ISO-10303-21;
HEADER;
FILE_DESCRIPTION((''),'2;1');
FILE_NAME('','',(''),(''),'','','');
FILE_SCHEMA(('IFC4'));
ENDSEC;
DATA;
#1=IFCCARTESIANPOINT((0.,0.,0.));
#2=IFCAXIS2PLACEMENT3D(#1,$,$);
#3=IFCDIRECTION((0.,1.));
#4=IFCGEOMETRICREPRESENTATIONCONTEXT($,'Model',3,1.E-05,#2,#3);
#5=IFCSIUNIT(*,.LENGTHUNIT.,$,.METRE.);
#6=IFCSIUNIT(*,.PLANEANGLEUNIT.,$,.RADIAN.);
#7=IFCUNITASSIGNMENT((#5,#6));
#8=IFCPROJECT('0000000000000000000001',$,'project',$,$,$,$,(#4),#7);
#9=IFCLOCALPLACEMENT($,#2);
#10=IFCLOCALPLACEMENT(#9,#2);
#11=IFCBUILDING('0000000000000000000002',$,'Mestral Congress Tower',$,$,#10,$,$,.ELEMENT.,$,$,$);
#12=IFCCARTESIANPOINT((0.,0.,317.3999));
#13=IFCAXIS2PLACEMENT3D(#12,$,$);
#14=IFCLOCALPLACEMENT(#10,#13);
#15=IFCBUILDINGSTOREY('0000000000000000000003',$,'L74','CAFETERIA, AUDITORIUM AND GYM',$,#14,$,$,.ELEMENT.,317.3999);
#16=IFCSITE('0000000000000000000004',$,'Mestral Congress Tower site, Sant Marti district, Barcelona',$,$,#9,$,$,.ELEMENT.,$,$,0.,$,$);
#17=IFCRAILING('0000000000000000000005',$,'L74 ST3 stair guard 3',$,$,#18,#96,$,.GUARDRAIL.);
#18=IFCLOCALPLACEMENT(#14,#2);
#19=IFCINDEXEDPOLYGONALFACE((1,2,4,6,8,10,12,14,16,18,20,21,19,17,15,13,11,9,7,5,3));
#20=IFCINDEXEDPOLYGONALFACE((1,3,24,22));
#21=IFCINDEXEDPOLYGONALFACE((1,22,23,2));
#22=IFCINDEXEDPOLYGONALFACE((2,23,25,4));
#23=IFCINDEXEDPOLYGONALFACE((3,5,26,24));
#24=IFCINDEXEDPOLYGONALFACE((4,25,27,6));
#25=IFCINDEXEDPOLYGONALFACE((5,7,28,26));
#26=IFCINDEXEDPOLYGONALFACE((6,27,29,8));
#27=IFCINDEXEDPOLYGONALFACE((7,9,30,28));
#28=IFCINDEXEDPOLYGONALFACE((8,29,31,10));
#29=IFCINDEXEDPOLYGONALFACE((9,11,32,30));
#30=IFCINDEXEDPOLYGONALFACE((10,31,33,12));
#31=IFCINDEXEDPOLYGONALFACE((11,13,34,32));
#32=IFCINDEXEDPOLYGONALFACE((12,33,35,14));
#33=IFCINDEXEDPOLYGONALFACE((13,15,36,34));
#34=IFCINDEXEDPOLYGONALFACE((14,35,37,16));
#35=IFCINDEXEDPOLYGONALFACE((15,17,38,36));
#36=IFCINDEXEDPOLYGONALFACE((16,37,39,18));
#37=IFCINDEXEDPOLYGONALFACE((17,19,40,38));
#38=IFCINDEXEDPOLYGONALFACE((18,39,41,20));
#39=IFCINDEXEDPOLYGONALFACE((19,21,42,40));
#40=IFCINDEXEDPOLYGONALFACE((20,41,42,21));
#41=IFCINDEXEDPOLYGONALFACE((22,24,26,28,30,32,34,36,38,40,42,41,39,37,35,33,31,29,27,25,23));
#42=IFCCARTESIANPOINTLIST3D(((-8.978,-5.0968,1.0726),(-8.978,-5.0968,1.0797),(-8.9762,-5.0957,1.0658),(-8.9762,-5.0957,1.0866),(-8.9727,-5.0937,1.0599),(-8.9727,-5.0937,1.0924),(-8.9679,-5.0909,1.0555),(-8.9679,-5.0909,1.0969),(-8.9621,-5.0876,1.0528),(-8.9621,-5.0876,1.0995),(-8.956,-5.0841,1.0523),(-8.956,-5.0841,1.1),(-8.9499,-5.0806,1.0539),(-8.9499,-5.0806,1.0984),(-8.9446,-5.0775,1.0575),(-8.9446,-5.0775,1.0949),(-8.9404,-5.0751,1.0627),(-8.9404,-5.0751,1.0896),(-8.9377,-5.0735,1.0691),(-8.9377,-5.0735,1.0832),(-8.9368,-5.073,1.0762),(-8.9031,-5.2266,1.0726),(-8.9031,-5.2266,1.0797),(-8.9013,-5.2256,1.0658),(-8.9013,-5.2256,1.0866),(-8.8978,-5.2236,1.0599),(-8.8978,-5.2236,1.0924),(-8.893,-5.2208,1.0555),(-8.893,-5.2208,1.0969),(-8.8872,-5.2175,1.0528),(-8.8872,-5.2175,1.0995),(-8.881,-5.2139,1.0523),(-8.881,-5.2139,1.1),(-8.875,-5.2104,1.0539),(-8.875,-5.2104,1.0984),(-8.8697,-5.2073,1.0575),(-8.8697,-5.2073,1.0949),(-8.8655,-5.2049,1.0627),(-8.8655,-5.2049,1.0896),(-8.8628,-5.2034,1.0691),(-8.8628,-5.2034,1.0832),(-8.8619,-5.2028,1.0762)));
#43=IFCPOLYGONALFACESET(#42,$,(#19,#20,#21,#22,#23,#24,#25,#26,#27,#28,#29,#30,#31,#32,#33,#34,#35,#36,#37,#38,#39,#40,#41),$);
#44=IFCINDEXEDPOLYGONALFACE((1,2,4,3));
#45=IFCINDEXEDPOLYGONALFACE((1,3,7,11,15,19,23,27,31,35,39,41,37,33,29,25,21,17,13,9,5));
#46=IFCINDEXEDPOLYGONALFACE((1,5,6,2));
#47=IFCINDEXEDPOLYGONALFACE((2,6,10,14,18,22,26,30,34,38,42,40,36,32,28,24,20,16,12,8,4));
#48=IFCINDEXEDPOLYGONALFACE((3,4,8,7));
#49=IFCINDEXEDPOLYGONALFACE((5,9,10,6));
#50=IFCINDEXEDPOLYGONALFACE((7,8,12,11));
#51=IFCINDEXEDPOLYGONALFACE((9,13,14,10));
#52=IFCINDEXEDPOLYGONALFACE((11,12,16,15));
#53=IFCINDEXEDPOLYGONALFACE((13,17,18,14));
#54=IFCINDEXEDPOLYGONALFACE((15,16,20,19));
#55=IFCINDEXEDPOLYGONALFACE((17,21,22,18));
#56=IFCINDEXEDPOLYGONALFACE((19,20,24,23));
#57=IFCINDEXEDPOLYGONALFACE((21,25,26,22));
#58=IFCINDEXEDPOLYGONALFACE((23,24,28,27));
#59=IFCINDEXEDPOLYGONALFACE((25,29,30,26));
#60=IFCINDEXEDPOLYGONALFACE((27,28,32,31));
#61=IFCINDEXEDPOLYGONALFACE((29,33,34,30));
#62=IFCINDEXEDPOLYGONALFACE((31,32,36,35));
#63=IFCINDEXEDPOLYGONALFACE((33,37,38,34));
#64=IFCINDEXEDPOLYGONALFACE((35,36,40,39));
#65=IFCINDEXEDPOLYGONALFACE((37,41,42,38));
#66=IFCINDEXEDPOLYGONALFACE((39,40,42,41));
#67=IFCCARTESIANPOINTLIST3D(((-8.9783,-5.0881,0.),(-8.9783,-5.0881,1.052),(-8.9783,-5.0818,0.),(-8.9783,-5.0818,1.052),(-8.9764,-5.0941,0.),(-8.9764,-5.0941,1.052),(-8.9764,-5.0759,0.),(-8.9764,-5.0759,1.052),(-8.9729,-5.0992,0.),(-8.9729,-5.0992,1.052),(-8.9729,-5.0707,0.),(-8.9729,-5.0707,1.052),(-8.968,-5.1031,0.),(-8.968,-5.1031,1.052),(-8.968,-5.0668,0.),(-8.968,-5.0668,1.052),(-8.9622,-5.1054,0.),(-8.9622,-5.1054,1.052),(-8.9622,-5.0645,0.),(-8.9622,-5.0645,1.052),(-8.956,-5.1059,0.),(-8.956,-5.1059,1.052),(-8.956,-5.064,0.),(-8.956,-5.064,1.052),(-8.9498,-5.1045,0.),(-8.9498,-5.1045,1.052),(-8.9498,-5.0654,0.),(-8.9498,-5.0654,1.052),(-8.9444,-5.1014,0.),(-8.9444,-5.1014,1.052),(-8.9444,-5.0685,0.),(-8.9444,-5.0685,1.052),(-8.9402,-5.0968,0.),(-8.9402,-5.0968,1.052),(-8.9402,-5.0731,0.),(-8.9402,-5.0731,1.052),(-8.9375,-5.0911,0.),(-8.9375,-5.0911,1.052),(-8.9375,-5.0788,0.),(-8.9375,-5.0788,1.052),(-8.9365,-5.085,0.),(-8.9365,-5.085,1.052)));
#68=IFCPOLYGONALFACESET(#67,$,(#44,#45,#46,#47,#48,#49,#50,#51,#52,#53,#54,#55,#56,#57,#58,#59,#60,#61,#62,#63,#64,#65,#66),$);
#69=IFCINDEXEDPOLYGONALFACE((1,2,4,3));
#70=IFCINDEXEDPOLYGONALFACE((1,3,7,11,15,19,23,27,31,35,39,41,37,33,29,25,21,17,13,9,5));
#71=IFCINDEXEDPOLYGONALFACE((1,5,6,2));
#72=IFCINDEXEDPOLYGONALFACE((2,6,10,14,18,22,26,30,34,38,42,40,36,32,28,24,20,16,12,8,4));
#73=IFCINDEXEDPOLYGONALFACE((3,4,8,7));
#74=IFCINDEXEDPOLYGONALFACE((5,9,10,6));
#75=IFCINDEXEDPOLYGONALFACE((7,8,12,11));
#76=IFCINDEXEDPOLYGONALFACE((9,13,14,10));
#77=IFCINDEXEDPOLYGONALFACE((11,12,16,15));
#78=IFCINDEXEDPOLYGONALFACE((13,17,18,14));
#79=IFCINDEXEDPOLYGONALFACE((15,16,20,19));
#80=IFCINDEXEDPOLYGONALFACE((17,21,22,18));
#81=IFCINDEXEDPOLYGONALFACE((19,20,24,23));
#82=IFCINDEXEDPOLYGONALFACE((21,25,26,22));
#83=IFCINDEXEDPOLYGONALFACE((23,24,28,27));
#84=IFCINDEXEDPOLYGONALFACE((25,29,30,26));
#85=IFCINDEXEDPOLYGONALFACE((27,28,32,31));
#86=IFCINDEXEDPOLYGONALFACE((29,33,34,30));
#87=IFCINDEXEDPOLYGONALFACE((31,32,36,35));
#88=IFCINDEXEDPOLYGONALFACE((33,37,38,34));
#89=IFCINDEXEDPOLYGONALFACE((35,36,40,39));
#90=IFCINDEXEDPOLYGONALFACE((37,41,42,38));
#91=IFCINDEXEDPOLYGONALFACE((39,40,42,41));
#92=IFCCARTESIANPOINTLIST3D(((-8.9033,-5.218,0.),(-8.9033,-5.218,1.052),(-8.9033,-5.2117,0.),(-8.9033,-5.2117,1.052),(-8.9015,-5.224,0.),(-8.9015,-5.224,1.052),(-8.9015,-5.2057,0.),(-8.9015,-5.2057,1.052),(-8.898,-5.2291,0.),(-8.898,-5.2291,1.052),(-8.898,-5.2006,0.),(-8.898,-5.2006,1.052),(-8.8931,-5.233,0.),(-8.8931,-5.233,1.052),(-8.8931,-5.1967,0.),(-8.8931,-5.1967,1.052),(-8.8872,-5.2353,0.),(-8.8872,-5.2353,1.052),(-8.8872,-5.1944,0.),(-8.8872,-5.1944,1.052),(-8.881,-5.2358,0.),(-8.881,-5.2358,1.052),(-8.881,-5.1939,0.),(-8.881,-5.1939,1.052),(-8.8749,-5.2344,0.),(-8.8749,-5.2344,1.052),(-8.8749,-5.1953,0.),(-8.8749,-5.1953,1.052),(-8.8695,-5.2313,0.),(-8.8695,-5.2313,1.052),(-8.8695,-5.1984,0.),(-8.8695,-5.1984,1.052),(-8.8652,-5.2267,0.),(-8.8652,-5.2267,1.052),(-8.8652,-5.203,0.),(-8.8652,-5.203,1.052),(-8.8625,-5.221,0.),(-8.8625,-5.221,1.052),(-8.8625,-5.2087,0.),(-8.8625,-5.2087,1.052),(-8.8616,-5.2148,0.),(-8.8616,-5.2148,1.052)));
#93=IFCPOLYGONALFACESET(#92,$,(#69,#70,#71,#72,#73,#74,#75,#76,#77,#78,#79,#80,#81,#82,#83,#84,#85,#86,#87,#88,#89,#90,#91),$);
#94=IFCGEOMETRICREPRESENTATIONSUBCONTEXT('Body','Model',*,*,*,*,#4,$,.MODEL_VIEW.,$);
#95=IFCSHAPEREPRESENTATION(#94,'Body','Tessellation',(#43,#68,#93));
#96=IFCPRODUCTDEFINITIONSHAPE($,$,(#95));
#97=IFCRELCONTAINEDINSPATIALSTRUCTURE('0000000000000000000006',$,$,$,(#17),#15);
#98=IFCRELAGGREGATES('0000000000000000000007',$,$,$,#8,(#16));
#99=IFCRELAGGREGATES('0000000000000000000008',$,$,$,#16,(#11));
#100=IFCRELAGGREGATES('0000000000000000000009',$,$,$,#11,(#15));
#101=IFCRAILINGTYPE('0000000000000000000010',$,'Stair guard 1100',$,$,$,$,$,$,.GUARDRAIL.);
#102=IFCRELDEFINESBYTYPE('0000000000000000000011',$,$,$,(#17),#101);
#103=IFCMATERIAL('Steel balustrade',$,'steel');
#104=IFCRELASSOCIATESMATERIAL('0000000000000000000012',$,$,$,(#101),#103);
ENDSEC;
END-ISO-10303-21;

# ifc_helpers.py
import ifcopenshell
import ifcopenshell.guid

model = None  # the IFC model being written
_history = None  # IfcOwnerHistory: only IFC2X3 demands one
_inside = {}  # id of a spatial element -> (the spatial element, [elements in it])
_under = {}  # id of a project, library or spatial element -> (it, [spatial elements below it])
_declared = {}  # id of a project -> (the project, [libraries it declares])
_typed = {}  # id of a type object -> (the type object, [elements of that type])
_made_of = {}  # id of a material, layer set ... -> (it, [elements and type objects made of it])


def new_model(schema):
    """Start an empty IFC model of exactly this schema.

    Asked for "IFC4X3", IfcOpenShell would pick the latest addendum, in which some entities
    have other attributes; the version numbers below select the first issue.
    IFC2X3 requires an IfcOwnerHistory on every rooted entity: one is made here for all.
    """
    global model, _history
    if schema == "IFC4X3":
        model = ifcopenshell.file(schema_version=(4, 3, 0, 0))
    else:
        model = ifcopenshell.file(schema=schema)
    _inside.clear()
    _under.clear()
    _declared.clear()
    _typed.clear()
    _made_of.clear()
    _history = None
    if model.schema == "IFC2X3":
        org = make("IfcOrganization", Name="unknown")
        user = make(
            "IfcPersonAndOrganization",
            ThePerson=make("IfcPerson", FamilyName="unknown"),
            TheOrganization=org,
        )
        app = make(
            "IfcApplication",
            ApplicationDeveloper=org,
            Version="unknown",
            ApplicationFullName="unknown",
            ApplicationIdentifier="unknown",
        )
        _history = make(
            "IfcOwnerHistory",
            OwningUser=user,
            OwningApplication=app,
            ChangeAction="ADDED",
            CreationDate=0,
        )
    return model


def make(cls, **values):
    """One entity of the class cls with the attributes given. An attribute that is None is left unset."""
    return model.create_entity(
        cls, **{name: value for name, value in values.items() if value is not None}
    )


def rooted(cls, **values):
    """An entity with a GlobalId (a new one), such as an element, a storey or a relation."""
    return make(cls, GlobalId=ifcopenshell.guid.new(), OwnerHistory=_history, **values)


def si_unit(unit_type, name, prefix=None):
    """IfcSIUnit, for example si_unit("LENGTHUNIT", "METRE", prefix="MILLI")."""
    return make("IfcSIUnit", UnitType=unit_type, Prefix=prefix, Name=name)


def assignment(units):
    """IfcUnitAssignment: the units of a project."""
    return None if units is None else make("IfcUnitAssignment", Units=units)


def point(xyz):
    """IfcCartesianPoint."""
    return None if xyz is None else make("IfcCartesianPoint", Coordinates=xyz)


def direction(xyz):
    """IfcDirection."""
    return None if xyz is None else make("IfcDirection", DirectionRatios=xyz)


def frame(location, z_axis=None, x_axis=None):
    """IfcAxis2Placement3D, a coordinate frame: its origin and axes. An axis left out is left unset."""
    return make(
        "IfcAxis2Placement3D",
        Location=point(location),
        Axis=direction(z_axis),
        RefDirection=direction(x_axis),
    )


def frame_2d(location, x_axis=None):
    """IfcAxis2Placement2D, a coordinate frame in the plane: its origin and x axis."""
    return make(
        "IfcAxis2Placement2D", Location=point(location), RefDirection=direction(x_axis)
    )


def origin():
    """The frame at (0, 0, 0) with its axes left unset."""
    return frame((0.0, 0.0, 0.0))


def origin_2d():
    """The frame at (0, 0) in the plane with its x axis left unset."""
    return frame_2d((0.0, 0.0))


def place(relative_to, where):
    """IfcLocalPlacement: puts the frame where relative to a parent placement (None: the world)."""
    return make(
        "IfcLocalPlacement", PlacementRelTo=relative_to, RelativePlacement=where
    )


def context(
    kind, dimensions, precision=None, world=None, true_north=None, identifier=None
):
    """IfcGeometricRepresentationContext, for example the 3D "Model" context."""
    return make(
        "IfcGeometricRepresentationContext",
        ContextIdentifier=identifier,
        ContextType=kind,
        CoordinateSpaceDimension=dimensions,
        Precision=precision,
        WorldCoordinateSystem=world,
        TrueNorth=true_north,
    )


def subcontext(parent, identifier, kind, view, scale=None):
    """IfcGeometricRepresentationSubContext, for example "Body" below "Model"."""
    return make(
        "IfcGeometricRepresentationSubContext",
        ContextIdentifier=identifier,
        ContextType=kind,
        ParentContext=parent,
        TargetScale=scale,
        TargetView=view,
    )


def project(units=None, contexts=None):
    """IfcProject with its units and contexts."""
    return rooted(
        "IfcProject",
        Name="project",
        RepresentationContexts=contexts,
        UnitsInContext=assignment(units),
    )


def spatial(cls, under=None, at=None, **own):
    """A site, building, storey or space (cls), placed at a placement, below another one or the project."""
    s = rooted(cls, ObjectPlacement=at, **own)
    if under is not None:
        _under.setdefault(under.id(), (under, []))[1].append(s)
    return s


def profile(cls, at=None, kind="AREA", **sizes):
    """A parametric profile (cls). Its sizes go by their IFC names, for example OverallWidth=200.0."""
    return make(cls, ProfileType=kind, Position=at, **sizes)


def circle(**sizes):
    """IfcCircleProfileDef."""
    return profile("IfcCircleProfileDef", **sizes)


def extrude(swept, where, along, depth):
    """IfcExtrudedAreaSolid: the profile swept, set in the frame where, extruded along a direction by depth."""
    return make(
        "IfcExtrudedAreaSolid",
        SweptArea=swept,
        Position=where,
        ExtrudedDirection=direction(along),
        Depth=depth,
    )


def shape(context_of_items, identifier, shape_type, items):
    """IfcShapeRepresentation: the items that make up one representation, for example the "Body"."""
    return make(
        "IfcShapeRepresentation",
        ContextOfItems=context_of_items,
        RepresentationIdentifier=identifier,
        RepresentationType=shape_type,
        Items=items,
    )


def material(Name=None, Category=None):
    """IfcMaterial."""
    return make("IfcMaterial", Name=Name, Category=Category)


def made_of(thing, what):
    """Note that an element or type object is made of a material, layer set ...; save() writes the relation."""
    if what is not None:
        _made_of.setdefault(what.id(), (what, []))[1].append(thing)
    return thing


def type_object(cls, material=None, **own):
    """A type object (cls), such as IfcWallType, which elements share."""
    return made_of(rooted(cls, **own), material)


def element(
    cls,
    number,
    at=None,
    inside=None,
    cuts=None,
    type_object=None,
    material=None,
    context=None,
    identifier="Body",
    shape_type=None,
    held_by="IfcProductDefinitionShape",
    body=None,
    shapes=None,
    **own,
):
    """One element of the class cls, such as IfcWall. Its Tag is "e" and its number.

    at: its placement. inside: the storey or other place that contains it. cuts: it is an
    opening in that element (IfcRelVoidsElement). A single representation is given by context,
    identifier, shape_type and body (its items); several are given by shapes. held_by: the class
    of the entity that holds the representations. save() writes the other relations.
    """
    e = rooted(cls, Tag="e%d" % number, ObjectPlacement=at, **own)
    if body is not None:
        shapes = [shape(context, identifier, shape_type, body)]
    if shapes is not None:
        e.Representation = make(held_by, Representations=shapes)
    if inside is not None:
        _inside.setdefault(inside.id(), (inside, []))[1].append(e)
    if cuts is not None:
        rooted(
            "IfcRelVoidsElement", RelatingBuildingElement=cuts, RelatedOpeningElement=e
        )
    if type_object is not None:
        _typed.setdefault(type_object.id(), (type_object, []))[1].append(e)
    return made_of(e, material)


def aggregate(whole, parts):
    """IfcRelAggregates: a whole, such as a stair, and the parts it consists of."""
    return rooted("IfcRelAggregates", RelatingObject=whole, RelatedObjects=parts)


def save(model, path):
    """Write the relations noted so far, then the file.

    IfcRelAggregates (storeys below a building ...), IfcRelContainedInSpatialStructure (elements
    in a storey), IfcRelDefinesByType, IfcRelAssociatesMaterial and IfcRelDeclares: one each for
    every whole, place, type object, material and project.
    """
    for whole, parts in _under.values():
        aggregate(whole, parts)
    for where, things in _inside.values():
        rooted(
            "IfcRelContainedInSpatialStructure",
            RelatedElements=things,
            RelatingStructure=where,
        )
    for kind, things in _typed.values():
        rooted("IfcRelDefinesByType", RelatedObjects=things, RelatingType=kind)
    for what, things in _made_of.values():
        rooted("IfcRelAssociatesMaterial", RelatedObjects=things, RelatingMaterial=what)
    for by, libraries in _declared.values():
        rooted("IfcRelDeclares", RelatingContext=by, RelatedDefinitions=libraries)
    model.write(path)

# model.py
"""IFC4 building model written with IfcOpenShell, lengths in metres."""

from ifc_helpers import new_model, si_unit, direction, frame, origin, origin_2d, place, context, subcontext, project, spatial, circle, extrude, material, type_object, element, save


model = new_model("IFC4")

# Units and contexts
model_context = context("Model", 3, precision=1e-05, world=origin(), true_north=direction((0.0, 1.0)))
body_context = subcontext(model_context, "Body", "Model", "MODEL_VIEW")
ifc_project = project(units=[si_unit("LENGTHUNIT", "METRE"), si_unit("PLANEANGLEUNIT", "RADIAN")], contexts=[model_context])

# Site, building, storey
site_placement = place(None, origin())
site = spatial("IfcSite", under=ifc_project, at=site_placement, Name="Mestral Congress Tower site, Sant Marti district, Barcelona", CompositionType="ELEMENT", RefElevation=0.0)
building_placement = place(site_placement, origin())
building = spatial("IfcBuilding", under=site, at=building_placement, Name="Mestral Congress Tower", CompositionType="ELEMENT")
storey_placement = place(building_placement, frame((0.0, 0.0, 317.3999)))
storey = spatial("IfcBuildingStorey", under=building, at=storey_placement, Name="L74", Description="CAFETERIA, AUDITORIUM AND GYM", CompositionType="ELEMENT", Elevation=317.3999)

# Railing
ifc_material_1 = material(Name="Steel balustrade", Category="steel")
railing_type_1 = type_object("IfcRailingType", Name="Stair guard 1100", PredefinedType="GUARDRAIL", material=ifc_material_1)
railing_1_placement = place(storey_placement, frame((-8.9575, -5.085, 0.0)))
element("IfcRailing", 1, at=railing_1_placement, inside=storey, type_object=railing_type_1, Name="L74 ST3 stair guard 3", PredefinedType="GUARDRAIL", context=body_context, shape_type="SweptSolid", body=[
    extrude(circle(Radius=0.0239, at=origin_2d()), frame((0.0, 0.0, 1.0762), z_axis=(0.499816, -0.866131, 0.0), x_axis=(0.866131, 0.499816, 0.0)), (0.0, 0.0, 1.0), 0.1499),
    extrude(circle(Radius=0.021, at=origin_2d()), origin(), (0.0, 0.0, 1.0), 1.052),
    extrude(circle(Radius=0.021, at=origin_2d()), frame((0.075, -0.1299, 0.0)), (0.0, 0.0, 1.0), 1.052),
])

save(model, "model.ifc")
